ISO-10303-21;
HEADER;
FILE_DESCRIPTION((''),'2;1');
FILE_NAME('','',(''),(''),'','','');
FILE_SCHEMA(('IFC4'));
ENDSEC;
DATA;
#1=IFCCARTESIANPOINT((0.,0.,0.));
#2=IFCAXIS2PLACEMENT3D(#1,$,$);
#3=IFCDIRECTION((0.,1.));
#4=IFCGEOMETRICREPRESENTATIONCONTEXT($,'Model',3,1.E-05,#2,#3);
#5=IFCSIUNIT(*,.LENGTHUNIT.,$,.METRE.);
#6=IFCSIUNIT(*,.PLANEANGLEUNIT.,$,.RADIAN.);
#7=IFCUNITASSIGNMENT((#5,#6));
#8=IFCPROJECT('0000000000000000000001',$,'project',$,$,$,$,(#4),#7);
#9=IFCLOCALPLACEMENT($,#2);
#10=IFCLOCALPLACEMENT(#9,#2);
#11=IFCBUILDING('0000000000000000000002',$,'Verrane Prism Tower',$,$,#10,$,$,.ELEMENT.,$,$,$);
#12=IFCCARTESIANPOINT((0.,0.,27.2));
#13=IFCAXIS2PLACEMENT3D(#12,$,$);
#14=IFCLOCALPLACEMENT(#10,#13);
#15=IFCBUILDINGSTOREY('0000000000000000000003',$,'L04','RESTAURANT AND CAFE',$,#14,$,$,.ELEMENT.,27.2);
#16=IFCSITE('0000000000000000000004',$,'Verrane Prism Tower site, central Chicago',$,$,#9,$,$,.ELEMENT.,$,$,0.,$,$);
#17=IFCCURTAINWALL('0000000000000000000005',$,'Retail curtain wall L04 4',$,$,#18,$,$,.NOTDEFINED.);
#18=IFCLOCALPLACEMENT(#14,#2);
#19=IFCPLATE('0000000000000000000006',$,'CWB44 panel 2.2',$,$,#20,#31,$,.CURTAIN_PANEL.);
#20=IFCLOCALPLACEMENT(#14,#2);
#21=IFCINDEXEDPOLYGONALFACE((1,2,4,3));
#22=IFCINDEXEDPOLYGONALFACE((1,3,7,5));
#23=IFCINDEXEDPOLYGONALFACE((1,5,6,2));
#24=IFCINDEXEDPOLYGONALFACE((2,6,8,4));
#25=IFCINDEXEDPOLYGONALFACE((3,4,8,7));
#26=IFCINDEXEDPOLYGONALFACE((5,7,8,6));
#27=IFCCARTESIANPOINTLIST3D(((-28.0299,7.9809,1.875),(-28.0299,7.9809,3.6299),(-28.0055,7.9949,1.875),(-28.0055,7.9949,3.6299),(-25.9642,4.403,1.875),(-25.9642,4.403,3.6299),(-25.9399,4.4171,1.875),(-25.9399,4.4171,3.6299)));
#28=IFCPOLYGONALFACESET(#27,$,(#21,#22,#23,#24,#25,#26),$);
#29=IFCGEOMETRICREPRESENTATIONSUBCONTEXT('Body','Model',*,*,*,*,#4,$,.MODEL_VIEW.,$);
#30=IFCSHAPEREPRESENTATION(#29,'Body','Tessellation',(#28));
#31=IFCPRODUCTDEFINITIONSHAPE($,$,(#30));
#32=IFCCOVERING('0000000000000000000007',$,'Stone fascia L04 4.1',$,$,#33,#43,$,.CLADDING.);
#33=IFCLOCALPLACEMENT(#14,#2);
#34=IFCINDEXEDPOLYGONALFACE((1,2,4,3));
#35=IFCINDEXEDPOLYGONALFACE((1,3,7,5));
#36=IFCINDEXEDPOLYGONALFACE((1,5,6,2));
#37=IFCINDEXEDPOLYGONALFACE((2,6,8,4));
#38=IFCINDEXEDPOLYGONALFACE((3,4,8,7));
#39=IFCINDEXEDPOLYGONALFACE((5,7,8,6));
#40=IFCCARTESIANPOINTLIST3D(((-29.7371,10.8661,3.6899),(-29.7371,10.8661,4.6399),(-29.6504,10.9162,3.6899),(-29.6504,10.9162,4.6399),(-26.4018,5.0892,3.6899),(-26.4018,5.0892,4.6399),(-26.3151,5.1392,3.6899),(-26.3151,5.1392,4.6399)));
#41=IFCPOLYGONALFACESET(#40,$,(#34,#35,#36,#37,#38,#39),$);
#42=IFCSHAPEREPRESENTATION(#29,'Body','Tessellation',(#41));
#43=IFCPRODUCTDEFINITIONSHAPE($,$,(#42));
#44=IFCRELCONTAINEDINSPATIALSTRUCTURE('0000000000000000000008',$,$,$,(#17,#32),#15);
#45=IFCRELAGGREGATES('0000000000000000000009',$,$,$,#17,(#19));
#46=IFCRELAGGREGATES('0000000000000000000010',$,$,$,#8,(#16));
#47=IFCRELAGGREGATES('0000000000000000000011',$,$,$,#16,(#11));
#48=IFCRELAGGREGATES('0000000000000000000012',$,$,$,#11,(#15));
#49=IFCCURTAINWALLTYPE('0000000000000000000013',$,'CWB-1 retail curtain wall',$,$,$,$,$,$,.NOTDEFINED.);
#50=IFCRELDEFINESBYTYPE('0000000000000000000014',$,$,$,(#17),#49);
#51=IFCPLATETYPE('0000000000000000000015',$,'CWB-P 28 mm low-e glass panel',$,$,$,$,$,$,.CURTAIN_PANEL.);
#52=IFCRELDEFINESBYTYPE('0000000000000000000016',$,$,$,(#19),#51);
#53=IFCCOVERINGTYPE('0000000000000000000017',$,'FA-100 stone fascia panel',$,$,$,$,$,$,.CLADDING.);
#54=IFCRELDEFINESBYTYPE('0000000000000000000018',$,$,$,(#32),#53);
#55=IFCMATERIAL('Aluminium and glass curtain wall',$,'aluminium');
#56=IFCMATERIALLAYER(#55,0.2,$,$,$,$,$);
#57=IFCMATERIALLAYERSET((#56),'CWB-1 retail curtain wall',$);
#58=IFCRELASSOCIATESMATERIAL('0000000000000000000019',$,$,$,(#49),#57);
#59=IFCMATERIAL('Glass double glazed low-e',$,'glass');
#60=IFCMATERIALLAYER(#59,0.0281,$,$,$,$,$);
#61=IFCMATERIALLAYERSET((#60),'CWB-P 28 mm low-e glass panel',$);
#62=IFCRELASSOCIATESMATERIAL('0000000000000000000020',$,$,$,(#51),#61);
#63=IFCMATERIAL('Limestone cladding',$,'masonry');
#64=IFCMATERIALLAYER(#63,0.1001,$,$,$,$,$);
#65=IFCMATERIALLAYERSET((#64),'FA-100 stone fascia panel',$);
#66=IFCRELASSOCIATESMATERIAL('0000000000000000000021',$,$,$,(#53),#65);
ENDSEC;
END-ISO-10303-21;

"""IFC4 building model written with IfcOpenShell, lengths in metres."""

from ifc_helpers import new_model, si_unit, direction, frame, origin, origin_2d, place, context, subcontext, project, spatial, rectangle, extrude, material, layer, layer_set, type_object, element, aggregate, save


model = new_model("IFC4")

# Units and contexts
model_context = context("Model", 3, precision=1e-05, world=origin(), true_north=direction((0.0, 1.0)))
body_context = subcontext(model_context, "Body", "Model", "MODEL_VIEW")
ifc_project = project(units=[si_unit("LENGTHUNIT", "METRE"), si_unit("PLANEANGLEUNIT", "RADIAN")], contexts=[model_context])

# Site, building, storey
site_placement = place(None, origin())
site = spatial("IfcSite", under=ifc_project, at=site_placement, Name="Verrane Prism Tower site, central Chicago", CompositionType="ELEMENT", RefElevation=0.0)
building_placement = place(site_placement, origin())
building = spatial("IfcBuilding", under=site, at=building_placement, Name="Verrane Prism Tower", CompositionType="ELEMENT")
storey_placement = place(building_placement, frame((0.0, 0.0, 27.2)))
storey = spatial("IfcBuildingStorey", under=building, at=storey_placement, Name="L04", Description="RESTAURANT AND CAFE", CompositionType="ELEMENT", Elevation=27.2)

# Shared definitions
ifc_material_1 = material(Name="Aluminium and glass curtain wall", Category="aluminium")
ifc_layer_1 = layer(ifc_material_1, 0.2)
ifc_layer_set_1 = layer_set([ifc_layer_1], Name="CWB-1 retail curtain wall")
curtain_wall_type = type_object("IfcCurtainWallType", Name="CWB-1 retail curtain wall", PredefinedType="NOTDEFINED", material=ifc_layer_set_1)

# Curtain wall
curtain_wall_1_placement = place(storey_placement, origin())
curtain_wall_1 = element("IfcCurtainWall", 1, at=curtain_wall_1_placement, inside=storey, type_object=curtain_wall_type, Name="Retail curtain wall L04 4", PredefinedType="NOTDEFINED")

# Plate
ifc_material_2 = material(Name="Glass double glazed low-e", Category="glass")
ifc_layer_2 = layer(ifc_material_2, 0.0281)
ifc_layer_set_2 = layer_set([ifc_layer_2], Name="CWB-P 28 mm low-e glass panel")
plate_type = type_object("IfcPlateType", Name="CWB-P 28 mm low-e glass panel", PredefinedType="CURTAIN_PANEL", material=ifc_layer_set_2)
plate_1_placement = place(storey_placement, frame((-26.9849, 6.199, 1.875), z_axis=(0.0, 0.0, 1.0), x_axis=(0.5, -0.866025, 0.0)))
plate_1 = element("IfcPlate", 2, at=plate_1_placement, type_object=plate_type, Name="CWB44 panel 2.2", PredefinedType="CURTAIN_PANEL", context=body_context, shape_type="SweptSolid", body=[
    extrude(rectangle(XDim=4.1313, YDim=0.0281, at=origin_2d()), origin(), (0.0, 0.0, 1.0), 1.7549),
])
aggregate(curtain_wall_1, [plate_1])

# Covering
ifc_material_3 = material(Name="Limestone cladding", Category="masonry")
ifc_layer_3 = layer(ifc_material_3, 0.1001)
ifc_layer_set_3 = layer_set([ifc_layer_3], Name="FA-100 stone fascia panel")
covering_type = type_object("IfcCoveringType", Name="FA-100 stone fascia panel", PredefinedType="CLADDING", material=ifc_layer_set_3)
covering_placement = place(storey_placement, frame((-28.0261, 8.0027, 3.6899), z_axis=(0.0, 0.0, 1.0), x_axis=(0.5, -0.866025, 0.0)))
element("IfcCovering", 3, at=covering_placement, inside=storey, type_object=covering_type, Name="Stone fascia L04 4.1", PredefinedType="CLADDING", context=body_context, shape_type="SweptSolid", body=[
    extrude(rectangle(XDim=6.6707, YDim=0.1001, at=origin_2d()), origin(), (0.0, 0.0, 1.0), 0.95),
])

save(model, "model.ifc")
